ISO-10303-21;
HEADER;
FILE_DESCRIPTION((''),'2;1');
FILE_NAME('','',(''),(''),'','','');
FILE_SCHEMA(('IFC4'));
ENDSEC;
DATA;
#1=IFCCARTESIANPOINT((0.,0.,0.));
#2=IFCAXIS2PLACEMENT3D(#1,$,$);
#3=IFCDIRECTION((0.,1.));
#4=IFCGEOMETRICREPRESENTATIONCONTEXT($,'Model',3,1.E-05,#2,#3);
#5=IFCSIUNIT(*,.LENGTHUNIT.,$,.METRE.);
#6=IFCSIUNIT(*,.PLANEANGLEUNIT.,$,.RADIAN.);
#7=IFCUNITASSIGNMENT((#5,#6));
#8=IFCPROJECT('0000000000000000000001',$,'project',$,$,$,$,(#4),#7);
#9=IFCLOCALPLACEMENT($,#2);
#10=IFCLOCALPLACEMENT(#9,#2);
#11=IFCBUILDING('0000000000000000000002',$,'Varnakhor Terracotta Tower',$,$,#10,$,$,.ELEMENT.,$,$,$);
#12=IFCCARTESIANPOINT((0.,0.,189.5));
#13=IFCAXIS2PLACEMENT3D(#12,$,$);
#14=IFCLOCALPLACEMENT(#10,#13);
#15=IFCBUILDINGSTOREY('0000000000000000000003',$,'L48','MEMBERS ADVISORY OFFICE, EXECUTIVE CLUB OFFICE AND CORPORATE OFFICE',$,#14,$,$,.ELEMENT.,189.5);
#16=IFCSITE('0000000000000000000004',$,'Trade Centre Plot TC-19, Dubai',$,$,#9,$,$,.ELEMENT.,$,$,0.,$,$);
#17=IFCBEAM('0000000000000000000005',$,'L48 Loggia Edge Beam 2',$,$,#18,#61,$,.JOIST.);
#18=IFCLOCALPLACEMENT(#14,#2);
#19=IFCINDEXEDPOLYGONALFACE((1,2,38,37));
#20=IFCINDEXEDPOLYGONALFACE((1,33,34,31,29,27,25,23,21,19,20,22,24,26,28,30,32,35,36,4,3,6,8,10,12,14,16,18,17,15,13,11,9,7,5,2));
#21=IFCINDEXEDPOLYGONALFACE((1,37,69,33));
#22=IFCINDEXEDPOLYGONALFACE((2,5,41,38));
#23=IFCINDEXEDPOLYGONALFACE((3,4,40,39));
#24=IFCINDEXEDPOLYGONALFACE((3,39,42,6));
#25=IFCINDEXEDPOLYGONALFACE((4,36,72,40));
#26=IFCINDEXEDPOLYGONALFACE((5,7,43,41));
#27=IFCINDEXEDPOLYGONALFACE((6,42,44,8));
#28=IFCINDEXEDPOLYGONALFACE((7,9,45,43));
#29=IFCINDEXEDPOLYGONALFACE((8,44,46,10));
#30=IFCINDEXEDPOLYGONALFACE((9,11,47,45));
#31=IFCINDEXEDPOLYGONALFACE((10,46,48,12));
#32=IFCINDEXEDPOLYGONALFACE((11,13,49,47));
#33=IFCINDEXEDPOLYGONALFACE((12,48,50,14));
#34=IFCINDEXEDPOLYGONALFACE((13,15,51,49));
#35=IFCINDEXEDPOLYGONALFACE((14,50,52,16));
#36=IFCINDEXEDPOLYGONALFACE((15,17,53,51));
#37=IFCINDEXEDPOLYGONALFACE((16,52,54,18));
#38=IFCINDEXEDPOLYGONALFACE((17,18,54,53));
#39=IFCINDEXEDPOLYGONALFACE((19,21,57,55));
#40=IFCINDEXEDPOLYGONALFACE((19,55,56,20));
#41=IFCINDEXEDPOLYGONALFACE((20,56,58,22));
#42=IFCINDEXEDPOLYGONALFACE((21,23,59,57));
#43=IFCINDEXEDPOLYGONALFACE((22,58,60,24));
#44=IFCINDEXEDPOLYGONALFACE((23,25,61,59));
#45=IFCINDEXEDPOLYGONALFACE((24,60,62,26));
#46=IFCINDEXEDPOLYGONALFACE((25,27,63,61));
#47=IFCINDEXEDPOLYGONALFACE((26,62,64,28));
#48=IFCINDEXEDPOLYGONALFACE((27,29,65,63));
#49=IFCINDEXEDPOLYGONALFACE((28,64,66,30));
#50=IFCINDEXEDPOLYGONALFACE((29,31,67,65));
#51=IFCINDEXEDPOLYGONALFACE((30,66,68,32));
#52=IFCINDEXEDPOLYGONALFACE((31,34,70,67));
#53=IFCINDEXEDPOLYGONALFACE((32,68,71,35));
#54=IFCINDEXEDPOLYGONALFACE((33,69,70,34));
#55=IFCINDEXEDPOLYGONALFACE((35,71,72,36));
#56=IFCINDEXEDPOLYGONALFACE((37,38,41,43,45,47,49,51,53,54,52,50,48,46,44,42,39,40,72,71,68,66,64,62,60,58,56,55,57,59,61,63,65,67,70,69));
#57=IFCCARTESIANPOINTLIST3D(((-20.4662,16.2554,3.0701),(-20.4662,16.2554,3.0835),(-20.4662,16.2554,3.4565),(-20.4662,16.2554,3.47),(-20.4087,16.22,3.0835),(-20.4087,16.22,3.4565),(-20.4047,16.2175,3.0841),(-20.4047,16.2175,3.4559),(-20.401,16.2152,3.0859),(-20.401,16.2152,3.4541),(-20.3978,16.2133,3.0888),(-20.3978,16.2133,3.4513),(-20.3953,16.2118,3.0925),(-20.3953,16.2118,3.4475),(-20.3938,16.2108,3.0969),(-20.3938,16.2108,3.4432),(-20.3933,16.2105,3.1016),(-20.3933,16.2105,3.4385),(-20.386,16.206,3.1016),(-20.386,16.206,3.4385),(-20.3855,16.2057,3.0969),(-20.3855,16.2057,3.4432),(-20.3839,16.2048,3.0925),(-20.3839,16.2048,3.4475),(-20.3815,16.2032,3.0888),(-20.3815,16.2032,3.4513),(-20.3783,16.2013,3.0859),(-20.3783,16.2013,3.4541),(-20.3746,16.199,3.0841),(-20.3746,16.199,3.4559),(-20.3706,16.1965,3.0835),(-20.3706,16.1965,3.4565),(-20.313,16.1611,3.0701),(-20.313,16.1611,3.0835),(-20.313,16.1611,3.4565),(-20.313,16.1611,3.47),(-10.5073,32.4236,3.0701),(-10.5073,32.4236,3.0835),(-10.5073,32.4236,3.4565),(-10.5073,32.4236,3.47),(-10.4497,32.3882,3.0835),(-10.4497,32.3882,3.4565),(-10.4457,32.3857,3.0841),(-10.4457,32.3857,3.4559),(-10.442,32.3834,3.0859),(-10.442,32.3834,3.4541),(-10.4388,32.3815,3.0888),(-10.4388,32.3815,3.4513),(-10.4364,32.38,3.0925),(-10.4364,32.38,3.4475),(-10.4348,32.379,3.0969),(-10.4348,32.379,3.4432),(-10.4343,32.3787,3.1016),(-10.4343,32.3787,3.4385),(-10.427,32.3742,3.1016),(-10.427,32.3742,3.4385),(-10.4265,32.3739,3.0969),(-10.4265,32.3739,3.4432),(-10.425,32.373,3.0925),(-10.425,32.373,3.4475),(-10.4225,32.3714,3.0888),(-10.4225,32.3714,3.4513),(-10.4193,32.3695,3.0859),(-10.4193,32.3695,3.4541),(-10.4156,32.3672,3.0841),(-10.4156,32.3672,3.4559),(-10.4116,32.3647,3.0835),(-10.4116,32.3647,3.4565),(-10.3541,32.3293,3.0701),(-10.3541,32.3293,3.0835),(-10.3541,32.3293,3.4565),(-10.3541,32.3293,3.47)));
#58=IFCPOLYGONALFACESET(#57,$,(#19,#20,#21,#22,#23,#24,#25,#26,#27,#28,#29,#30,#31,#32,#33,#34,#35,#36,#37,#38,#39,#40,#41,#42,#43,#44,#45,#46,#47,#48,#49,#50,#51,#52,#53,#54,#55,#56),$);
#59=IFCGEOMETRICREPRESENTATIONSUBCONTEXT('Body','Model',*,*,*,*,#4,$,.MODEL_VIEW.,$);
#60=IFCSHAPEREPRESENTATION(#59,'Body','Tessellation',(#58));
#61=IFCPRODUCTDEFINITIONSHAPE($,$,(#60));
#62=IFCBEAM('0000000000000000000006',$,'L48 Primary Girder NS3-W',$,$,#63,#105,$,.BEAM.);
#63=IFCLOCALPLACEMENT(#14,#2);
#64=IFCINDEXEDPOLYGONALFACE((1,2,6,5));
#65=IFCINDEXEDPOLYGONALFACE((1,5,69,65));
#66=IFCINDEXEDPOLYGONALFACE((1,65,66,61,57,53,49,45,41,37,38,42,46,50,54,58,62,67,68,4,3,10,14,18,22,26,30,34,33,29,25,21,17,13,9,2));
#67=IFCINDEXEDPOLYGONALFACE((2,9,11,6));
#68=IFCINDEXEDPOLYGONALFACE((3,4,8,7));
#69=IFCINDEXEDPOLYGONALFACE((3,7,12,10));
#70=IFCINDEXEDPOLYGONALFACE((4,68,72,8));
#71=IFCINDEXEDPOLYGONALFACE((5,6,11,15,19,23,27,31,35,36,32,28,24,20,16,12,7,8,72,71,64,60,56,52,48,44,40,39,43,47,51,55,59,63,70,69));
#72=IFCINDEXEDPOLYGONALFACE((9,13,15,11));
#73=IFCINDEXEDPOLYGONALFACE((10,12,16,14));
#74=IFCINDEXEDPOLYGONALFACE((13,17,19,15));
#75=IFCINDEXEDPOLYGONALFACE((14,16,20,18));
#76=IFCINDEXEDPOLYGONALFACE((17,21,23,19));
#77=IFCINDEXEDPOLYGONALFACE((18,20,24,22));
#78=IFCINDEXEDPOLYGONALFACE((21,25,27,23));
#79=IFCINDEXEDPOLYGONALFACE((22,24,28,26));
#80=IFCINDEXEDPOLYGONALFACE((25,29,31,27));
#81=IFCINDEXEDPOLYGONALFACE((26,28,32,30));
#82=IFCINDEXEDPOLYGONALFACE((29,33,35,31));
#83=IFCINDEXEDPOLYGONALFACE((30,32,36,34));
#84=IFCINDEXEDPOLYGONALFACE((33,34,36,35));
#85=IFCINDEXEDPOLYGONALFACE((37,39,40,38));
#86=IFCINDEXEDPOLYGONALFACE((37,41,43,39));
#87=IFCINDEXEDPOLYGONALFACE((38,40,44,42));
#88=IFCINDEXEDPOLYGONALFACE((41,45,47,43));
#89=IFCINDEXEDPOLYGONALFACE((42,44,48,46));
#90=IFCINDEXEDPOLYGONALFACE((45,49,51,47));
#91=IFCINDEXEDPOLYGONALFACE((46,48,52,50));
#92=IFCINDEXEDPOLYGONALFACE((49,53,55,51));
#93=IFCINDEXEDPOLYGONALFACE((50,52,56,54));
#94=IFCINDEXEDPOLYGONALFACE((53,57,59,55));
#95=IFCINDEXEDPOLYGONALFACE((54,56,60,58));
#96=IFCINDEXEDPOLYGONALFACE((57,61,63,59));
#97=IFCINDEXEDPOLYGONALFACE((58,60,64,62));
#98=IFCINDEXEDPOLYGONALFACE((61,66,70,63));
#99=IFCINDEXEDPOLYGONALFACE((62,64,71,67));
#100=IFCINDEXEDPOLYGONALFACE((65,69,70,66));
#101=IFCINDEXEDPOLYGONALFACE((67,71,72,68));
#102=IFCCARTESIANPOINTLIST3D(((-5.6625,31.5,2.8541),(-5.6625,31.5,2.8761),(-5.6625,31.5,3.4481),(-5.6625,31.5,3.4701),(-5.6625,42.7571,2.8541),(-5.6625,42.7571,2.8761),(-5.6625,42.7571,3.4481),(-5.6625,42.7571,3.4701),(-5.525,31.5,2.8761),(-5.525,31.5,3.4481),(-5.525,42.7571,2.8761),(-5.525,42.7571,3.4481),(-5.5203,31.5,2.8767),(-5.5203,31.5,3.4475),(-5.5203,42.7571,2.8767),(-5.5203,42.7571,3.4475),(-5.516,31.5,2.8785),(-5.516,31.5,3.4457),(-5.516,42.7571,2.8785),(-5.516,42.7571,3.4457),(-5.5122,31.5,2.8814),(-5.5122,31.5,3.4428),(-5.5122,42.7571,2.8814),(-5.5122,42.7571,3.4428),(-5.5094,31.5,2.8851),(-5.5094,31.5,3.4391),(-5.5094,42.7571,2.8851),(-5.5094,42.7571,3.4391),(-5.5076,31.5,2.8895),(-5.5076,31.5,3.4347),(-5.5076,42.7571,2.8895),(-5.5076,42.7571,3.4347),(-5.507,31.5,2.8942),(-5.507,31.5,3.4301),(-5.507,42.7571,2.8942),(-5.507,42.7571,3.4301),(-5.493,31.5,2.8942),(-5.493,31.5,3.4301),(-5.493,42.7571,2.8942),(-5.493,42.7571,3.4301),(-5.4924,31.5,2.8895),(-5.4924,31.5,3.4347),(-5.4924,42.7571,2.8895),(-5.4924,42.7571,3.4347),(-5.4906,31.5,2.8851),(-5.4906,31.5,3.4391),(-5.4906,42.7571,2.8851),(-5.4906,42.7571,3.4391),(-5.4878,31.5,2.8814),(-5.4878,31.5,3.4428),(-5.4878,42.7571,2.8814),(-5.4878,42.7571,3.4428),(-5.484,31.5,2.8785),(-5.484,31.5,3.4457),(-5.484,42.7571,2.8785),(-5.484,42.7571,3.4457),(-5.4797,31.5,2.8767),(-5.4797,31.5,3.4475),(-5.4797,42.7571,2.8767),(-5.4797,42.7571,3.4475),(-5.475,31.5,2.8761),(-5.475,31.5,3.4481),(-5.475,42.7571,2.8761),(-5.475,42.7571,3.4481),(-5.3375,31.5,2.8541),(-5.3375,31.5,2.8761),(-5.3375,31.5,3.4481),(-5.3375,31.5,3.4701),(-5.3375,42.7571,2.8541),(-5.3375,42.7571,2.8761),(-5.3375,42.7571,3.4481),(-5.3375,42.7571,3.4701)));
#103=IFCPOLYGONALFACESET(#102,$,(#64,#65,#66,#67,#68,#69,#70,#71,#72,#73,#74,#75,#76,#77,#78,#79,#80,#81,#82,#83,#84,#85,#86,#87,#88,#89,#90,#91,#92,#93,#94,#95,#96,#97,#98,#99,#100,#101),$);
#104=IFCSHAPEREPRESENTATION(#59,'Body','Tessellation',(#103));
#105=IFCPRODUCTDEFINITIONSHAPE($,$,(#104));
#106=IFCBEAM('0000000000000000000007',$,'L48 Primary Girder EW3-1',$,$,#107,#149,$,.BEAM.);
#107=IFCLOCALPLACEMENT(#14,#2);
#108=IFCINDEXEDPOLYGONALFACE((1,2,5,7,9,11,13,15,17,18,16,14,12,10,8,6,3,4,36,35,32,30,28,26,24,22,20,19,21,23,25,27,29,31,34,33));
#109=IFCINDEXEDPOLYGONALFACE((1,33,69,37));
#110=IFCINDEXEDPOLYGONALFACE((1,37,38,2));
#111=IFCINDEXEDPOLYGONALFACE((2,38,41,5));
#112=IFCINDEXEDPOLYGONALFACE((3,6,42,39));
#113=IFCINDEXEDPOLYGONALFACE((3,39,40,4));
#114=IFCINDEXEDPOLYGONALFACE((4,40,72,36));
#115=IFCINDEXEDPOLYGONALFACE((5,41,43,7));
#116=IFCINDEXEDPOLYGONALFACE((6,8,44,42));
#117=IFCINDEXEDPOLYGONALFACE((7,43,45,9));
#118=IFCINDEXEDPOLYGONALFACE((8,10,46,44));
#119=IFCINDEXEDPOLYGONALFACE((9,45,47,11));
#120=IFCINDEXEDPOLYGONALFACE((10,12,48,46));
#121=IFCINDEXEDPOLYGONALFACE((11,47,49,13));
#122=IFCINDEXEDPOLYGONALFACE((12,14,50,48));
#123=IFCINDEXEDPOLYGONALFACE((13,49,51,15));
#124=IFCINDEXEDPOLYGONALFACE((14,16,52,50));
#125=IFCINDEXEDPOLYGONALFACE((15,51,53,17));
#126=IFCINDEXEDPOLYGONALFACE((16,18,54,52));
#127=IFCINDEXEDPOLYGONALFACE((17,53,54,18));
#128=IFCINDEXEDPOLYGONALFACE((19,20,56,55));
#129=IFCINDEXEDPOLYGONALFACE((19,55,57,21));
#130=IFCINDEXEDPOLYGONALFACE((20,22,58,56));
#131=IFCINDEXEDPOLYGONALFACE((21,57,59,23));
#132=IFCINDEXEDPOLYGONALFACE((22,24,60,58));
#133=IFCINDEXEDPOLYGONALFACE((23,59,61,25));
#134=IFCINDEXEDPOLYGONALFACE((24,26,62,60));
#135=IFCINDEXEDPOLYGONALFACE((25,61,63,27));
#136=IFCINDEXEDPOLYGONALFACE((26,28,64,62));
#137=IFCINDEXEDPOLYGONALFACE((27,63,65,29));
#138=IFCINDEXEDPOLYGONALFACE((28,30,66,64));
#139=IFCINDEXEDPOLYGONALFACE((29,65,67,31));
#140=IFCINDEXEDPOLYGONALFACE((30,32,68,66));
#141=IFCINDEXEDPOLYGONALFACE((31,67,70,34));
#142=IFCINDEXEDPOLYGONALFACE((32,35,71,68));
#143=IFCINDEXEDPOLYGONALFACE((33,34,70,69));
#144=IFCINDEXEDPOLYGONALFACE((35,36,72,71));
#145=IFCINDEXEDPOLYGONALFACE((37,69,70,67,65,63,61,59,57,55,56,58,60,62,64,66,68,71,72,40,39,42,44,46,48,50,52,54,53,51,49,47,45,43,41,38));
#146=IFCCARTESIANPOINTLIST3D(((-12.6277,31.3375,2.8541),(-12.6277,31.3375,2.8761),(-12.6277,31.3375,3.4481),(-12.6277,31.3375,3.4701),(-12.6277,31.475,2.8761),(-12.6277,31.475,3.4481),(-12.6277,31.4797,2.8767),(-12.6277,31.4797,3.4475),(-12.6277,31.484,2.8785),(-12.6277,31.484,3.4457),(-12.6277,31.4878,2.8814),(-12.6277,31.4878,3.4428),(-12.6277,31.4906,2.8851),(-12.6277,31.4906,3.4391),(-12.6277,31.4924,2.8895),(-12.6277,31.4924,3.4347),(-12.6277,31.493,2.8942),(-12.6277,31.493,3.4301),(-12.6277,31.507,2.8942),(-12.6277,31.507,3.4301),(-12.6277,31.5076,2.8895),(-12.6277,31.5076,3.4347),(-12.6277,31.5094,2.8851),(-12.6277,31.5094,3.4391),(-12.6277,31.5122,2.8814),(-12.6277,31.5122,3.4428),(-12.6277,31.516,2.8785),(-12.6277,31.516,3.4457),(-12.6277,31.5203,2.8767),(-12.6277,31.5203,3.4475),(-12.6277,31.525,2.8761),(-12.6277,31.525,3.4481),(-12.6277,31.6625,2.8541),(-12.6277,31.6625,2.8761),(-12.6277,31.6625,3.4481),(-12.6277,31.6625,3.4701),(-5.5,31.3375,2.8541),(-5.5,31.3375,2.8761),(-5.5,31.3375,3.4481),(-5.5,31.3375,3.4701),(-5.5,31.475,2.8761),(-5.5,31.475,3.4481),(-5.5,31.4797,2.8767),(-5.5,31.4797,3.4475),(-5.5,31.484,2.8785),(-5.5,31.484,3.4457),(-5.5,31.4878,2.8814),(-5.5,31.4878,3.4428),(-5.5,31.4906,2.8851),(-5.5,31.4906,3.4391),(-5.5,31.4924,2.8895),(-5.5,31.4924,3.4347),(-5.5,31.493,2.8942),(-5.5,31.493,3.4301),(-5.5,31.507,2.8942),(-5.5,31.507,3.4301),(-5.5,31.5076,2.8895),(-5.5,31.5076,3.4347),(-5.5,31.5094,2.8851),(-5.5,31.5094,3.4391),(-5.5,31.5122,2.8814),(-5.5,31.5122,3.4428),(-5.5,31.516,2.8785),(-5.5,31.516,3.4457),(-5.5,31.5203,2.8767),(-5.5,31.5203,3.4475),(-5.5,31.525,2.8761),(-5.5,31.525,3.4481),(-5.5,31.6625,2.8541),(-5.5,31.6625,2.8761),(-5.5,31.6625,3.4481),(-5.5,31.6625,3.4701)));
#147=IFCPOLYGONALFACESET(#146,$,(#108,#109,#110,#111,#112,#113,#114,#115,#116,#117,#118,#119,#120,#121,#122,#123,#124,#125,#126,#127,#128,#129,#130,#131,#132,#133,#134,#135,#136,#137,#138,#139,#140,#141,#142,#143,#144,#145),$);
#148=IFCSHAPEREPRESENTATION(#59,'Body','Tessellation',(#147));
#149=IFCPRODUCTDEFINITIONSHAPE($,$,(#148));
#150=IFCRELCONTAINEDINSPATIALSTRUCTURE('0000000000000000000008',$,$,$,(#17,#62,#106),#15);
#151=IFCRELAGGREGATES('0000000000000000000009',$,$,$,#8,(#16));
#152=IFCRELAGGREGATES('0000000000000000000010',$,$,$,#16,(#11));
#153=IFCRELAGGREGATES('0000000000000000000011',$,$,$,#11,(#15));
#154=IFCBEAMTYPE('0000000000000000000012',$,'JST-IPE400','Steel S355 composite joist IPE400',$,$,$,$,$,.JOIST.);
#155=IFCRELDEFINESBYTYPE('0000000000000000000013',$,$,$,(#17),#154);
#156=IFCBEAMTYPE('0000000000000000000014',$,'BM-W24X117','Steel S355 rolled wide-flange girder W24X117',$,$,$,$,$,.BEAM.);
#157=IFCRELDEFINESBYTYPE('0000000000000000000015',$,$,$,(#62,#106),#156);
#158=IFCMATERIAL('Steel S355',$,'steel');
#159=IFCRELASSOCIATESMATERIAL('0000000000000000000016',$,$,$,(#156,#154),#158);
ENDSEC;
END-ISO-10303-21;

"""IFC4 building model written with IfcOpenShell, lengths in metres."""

from ifc_helpers import new_model, si_unit, direction, frame, origin, origin_2d, place, context, subcontext, project, spatial, i_section, extrude, source, transform, mapped, material, material_profile, profile_set, type_object, element, save


model = new_model("IFC4")

# Units and contexts
model_context = context("Model", 3, precision=1e-05, world=origin(), true_north=direction((0.0, 1.0)))
body_context = subcontext(model_context, "Body", "Model", "MODEL_VIEW")
ifc_project = project(units=[si_unit("LENGTHUNIT", "METRE"), si_unit("PLANEANGLEUNIT", "RADIAN")], contexts=[model_context])

# Site, building, storey
site_placement = place(None, origin())
site = spatial("IfcSite", under=ifc_project, at=site_placement, Name="Trade Centre Plot TC-19, Dubai", CompositionType="ELEMENT", RefElevation=0.0)
building_placement = place(site_placement, origin())
building = spatial("IfcBuilding", under=site, at=building_placement, Name="Varnakhor Terracotta Tower", CompositionType="ELEMENT")
storey_placement = place(building_placement, frame((0.0, 0.0, 189.5)))
storey = spatial("IfcBuildingStorey", under=building, at=storey_placement, Name="L48", Description="MEMBERS ADVISORY OFFICE, EXECUTIVE CLUB OFFICE AND CORPORATE OFFICE", CompositionType="ELEMENT", Elevation=189.5)

# Beams
ifc_material_1 = material(Name="Steel S355", Category="steel")
ifc_material_profile_1 = material_profile(ifc_material_1, i_section(OverallWidth=0.325, OverallDepth=0.616, WebThickness=0.0139, FlangeThickness=0.022, FilletRadius=0.0181, at=origin_2d()), Name="W24X117")
ifc_profile_set_1 = profile_set([ifc_material_profile_1], Name="Steel S355")
beam_type_1 = type_object("IfcBeamType", Name="BM-W24X117", Description="Steel S355 rolled wide-flange girder W24X117", PredefinedType="BEAM", material=ifc_profile_set_1)
ifc_material_profile_2 = material_profile(ifc_material_1, i_section(OverallWidth=0.1799, OverallDepth=0.3999, WebThickness=0.0085, FlangeThickness=0.0134, FilletRadius=0.0181, at=origin_2d()), Name="IPE400")
ifc_profile_set_2 = profile_set([ifc_material_profile_2], Name="Steel S355")
beam_type_2 = type_object("IfcBeamType", Name="JST-IPE400", Description="Steel S355 composite joist IPE400", PredefinedType="JOIST", material=ifc_profile_set_2)
shared_shape_1 = source(origin(), body_context, "Body", "SweptSolid", [
    extrude(i_section(OverallWidth=0.1799, OverallDepth=0.3999, WebThickness=0.0085, FlangeThickness=0.0134, FilletRadius=0.0181, at=origin_2d()), origin(), (0.0, 0.0, 1.0), 18.9893),
])
beam_1_placement = place(storey_placement, frame((-10.4307, 32.3765, 3.27), z_axis=(-0.524453, -0.851439, 0.0), x_axis=(0.851439, -0.524453, 0.0)))
element("IfcBeam", 1, at=beam_1_placement, inside=storey, type_object=beam_type_2, Name="L48 Loggia Edge Beam 2", PredefinedType="JOIST", context=body_context, shape_type="MappedRepresentation", body=[
    mapped(shared_shape_1, transform((0.0, 0.0, 0.0), scale=1.0)),
])
shared_shape_2 = source(origin(), body_context, "Body", "SweptSolid", [
    extrude(i_section(OverallWidth=0.325, OverallDepth=0.616, WebThickness=0.0139, FlangeThickness=0.022, FilletRadius=0.0181, at=origin_2d()), origin(), (0.0, 0.0, 1.0), 11.2571),
])
beam_2_placement = place(storey_placement, frame((-5.5, 31.5, 3.1621), z_axis=(0.0, 1.0, 0.0), x_axis=(-1.0, 0.0, 0.0)))
element("IfcBeam", 2, at=beam_2_placement, inside=storey, type_object=beam_type_1, Name="L48 Primary Girder NS3-W", PredefinedType="BEAM", context=body_context, shape_type="MappedRepresentation", body=[
    mapped(shared_shape_2, transform((0.0, 0.0, 0.0), scale=1.0)),
])
shared_shape_3 = source(origin(), body_context, "Body", "SweptSolid", [
    extrude(i_section(OverallWidth=0.325, OverallDepth=0.616, WebThickness=0.0139, FlangeThickness=0.022, FilletRadius=0.0181, at=origin_2d()), origin(), (0.0, 0.0, 1.0), 7.1277),
])
beam_3_placement = place(storey_placement, frame((-12.6277, 31.5, 3.1621), z_axis=(1.0, 0.0, 0.0), x_axis=(0.0, 1.0, 0.0)))
element("IfcBeam", 3, at=beam_3_placement, inside=storey, type_object=beam_type_1, Name="L48 Primary Girder EW3-1", PredefinedType="BEAM", context=body_context, shape_type="MappedRepresentation", body=[
    mapped(shared_shape_3, transform((0.0, 0.0, 0.0), scale=1.0)),
])

save(model, "model.ifc")
